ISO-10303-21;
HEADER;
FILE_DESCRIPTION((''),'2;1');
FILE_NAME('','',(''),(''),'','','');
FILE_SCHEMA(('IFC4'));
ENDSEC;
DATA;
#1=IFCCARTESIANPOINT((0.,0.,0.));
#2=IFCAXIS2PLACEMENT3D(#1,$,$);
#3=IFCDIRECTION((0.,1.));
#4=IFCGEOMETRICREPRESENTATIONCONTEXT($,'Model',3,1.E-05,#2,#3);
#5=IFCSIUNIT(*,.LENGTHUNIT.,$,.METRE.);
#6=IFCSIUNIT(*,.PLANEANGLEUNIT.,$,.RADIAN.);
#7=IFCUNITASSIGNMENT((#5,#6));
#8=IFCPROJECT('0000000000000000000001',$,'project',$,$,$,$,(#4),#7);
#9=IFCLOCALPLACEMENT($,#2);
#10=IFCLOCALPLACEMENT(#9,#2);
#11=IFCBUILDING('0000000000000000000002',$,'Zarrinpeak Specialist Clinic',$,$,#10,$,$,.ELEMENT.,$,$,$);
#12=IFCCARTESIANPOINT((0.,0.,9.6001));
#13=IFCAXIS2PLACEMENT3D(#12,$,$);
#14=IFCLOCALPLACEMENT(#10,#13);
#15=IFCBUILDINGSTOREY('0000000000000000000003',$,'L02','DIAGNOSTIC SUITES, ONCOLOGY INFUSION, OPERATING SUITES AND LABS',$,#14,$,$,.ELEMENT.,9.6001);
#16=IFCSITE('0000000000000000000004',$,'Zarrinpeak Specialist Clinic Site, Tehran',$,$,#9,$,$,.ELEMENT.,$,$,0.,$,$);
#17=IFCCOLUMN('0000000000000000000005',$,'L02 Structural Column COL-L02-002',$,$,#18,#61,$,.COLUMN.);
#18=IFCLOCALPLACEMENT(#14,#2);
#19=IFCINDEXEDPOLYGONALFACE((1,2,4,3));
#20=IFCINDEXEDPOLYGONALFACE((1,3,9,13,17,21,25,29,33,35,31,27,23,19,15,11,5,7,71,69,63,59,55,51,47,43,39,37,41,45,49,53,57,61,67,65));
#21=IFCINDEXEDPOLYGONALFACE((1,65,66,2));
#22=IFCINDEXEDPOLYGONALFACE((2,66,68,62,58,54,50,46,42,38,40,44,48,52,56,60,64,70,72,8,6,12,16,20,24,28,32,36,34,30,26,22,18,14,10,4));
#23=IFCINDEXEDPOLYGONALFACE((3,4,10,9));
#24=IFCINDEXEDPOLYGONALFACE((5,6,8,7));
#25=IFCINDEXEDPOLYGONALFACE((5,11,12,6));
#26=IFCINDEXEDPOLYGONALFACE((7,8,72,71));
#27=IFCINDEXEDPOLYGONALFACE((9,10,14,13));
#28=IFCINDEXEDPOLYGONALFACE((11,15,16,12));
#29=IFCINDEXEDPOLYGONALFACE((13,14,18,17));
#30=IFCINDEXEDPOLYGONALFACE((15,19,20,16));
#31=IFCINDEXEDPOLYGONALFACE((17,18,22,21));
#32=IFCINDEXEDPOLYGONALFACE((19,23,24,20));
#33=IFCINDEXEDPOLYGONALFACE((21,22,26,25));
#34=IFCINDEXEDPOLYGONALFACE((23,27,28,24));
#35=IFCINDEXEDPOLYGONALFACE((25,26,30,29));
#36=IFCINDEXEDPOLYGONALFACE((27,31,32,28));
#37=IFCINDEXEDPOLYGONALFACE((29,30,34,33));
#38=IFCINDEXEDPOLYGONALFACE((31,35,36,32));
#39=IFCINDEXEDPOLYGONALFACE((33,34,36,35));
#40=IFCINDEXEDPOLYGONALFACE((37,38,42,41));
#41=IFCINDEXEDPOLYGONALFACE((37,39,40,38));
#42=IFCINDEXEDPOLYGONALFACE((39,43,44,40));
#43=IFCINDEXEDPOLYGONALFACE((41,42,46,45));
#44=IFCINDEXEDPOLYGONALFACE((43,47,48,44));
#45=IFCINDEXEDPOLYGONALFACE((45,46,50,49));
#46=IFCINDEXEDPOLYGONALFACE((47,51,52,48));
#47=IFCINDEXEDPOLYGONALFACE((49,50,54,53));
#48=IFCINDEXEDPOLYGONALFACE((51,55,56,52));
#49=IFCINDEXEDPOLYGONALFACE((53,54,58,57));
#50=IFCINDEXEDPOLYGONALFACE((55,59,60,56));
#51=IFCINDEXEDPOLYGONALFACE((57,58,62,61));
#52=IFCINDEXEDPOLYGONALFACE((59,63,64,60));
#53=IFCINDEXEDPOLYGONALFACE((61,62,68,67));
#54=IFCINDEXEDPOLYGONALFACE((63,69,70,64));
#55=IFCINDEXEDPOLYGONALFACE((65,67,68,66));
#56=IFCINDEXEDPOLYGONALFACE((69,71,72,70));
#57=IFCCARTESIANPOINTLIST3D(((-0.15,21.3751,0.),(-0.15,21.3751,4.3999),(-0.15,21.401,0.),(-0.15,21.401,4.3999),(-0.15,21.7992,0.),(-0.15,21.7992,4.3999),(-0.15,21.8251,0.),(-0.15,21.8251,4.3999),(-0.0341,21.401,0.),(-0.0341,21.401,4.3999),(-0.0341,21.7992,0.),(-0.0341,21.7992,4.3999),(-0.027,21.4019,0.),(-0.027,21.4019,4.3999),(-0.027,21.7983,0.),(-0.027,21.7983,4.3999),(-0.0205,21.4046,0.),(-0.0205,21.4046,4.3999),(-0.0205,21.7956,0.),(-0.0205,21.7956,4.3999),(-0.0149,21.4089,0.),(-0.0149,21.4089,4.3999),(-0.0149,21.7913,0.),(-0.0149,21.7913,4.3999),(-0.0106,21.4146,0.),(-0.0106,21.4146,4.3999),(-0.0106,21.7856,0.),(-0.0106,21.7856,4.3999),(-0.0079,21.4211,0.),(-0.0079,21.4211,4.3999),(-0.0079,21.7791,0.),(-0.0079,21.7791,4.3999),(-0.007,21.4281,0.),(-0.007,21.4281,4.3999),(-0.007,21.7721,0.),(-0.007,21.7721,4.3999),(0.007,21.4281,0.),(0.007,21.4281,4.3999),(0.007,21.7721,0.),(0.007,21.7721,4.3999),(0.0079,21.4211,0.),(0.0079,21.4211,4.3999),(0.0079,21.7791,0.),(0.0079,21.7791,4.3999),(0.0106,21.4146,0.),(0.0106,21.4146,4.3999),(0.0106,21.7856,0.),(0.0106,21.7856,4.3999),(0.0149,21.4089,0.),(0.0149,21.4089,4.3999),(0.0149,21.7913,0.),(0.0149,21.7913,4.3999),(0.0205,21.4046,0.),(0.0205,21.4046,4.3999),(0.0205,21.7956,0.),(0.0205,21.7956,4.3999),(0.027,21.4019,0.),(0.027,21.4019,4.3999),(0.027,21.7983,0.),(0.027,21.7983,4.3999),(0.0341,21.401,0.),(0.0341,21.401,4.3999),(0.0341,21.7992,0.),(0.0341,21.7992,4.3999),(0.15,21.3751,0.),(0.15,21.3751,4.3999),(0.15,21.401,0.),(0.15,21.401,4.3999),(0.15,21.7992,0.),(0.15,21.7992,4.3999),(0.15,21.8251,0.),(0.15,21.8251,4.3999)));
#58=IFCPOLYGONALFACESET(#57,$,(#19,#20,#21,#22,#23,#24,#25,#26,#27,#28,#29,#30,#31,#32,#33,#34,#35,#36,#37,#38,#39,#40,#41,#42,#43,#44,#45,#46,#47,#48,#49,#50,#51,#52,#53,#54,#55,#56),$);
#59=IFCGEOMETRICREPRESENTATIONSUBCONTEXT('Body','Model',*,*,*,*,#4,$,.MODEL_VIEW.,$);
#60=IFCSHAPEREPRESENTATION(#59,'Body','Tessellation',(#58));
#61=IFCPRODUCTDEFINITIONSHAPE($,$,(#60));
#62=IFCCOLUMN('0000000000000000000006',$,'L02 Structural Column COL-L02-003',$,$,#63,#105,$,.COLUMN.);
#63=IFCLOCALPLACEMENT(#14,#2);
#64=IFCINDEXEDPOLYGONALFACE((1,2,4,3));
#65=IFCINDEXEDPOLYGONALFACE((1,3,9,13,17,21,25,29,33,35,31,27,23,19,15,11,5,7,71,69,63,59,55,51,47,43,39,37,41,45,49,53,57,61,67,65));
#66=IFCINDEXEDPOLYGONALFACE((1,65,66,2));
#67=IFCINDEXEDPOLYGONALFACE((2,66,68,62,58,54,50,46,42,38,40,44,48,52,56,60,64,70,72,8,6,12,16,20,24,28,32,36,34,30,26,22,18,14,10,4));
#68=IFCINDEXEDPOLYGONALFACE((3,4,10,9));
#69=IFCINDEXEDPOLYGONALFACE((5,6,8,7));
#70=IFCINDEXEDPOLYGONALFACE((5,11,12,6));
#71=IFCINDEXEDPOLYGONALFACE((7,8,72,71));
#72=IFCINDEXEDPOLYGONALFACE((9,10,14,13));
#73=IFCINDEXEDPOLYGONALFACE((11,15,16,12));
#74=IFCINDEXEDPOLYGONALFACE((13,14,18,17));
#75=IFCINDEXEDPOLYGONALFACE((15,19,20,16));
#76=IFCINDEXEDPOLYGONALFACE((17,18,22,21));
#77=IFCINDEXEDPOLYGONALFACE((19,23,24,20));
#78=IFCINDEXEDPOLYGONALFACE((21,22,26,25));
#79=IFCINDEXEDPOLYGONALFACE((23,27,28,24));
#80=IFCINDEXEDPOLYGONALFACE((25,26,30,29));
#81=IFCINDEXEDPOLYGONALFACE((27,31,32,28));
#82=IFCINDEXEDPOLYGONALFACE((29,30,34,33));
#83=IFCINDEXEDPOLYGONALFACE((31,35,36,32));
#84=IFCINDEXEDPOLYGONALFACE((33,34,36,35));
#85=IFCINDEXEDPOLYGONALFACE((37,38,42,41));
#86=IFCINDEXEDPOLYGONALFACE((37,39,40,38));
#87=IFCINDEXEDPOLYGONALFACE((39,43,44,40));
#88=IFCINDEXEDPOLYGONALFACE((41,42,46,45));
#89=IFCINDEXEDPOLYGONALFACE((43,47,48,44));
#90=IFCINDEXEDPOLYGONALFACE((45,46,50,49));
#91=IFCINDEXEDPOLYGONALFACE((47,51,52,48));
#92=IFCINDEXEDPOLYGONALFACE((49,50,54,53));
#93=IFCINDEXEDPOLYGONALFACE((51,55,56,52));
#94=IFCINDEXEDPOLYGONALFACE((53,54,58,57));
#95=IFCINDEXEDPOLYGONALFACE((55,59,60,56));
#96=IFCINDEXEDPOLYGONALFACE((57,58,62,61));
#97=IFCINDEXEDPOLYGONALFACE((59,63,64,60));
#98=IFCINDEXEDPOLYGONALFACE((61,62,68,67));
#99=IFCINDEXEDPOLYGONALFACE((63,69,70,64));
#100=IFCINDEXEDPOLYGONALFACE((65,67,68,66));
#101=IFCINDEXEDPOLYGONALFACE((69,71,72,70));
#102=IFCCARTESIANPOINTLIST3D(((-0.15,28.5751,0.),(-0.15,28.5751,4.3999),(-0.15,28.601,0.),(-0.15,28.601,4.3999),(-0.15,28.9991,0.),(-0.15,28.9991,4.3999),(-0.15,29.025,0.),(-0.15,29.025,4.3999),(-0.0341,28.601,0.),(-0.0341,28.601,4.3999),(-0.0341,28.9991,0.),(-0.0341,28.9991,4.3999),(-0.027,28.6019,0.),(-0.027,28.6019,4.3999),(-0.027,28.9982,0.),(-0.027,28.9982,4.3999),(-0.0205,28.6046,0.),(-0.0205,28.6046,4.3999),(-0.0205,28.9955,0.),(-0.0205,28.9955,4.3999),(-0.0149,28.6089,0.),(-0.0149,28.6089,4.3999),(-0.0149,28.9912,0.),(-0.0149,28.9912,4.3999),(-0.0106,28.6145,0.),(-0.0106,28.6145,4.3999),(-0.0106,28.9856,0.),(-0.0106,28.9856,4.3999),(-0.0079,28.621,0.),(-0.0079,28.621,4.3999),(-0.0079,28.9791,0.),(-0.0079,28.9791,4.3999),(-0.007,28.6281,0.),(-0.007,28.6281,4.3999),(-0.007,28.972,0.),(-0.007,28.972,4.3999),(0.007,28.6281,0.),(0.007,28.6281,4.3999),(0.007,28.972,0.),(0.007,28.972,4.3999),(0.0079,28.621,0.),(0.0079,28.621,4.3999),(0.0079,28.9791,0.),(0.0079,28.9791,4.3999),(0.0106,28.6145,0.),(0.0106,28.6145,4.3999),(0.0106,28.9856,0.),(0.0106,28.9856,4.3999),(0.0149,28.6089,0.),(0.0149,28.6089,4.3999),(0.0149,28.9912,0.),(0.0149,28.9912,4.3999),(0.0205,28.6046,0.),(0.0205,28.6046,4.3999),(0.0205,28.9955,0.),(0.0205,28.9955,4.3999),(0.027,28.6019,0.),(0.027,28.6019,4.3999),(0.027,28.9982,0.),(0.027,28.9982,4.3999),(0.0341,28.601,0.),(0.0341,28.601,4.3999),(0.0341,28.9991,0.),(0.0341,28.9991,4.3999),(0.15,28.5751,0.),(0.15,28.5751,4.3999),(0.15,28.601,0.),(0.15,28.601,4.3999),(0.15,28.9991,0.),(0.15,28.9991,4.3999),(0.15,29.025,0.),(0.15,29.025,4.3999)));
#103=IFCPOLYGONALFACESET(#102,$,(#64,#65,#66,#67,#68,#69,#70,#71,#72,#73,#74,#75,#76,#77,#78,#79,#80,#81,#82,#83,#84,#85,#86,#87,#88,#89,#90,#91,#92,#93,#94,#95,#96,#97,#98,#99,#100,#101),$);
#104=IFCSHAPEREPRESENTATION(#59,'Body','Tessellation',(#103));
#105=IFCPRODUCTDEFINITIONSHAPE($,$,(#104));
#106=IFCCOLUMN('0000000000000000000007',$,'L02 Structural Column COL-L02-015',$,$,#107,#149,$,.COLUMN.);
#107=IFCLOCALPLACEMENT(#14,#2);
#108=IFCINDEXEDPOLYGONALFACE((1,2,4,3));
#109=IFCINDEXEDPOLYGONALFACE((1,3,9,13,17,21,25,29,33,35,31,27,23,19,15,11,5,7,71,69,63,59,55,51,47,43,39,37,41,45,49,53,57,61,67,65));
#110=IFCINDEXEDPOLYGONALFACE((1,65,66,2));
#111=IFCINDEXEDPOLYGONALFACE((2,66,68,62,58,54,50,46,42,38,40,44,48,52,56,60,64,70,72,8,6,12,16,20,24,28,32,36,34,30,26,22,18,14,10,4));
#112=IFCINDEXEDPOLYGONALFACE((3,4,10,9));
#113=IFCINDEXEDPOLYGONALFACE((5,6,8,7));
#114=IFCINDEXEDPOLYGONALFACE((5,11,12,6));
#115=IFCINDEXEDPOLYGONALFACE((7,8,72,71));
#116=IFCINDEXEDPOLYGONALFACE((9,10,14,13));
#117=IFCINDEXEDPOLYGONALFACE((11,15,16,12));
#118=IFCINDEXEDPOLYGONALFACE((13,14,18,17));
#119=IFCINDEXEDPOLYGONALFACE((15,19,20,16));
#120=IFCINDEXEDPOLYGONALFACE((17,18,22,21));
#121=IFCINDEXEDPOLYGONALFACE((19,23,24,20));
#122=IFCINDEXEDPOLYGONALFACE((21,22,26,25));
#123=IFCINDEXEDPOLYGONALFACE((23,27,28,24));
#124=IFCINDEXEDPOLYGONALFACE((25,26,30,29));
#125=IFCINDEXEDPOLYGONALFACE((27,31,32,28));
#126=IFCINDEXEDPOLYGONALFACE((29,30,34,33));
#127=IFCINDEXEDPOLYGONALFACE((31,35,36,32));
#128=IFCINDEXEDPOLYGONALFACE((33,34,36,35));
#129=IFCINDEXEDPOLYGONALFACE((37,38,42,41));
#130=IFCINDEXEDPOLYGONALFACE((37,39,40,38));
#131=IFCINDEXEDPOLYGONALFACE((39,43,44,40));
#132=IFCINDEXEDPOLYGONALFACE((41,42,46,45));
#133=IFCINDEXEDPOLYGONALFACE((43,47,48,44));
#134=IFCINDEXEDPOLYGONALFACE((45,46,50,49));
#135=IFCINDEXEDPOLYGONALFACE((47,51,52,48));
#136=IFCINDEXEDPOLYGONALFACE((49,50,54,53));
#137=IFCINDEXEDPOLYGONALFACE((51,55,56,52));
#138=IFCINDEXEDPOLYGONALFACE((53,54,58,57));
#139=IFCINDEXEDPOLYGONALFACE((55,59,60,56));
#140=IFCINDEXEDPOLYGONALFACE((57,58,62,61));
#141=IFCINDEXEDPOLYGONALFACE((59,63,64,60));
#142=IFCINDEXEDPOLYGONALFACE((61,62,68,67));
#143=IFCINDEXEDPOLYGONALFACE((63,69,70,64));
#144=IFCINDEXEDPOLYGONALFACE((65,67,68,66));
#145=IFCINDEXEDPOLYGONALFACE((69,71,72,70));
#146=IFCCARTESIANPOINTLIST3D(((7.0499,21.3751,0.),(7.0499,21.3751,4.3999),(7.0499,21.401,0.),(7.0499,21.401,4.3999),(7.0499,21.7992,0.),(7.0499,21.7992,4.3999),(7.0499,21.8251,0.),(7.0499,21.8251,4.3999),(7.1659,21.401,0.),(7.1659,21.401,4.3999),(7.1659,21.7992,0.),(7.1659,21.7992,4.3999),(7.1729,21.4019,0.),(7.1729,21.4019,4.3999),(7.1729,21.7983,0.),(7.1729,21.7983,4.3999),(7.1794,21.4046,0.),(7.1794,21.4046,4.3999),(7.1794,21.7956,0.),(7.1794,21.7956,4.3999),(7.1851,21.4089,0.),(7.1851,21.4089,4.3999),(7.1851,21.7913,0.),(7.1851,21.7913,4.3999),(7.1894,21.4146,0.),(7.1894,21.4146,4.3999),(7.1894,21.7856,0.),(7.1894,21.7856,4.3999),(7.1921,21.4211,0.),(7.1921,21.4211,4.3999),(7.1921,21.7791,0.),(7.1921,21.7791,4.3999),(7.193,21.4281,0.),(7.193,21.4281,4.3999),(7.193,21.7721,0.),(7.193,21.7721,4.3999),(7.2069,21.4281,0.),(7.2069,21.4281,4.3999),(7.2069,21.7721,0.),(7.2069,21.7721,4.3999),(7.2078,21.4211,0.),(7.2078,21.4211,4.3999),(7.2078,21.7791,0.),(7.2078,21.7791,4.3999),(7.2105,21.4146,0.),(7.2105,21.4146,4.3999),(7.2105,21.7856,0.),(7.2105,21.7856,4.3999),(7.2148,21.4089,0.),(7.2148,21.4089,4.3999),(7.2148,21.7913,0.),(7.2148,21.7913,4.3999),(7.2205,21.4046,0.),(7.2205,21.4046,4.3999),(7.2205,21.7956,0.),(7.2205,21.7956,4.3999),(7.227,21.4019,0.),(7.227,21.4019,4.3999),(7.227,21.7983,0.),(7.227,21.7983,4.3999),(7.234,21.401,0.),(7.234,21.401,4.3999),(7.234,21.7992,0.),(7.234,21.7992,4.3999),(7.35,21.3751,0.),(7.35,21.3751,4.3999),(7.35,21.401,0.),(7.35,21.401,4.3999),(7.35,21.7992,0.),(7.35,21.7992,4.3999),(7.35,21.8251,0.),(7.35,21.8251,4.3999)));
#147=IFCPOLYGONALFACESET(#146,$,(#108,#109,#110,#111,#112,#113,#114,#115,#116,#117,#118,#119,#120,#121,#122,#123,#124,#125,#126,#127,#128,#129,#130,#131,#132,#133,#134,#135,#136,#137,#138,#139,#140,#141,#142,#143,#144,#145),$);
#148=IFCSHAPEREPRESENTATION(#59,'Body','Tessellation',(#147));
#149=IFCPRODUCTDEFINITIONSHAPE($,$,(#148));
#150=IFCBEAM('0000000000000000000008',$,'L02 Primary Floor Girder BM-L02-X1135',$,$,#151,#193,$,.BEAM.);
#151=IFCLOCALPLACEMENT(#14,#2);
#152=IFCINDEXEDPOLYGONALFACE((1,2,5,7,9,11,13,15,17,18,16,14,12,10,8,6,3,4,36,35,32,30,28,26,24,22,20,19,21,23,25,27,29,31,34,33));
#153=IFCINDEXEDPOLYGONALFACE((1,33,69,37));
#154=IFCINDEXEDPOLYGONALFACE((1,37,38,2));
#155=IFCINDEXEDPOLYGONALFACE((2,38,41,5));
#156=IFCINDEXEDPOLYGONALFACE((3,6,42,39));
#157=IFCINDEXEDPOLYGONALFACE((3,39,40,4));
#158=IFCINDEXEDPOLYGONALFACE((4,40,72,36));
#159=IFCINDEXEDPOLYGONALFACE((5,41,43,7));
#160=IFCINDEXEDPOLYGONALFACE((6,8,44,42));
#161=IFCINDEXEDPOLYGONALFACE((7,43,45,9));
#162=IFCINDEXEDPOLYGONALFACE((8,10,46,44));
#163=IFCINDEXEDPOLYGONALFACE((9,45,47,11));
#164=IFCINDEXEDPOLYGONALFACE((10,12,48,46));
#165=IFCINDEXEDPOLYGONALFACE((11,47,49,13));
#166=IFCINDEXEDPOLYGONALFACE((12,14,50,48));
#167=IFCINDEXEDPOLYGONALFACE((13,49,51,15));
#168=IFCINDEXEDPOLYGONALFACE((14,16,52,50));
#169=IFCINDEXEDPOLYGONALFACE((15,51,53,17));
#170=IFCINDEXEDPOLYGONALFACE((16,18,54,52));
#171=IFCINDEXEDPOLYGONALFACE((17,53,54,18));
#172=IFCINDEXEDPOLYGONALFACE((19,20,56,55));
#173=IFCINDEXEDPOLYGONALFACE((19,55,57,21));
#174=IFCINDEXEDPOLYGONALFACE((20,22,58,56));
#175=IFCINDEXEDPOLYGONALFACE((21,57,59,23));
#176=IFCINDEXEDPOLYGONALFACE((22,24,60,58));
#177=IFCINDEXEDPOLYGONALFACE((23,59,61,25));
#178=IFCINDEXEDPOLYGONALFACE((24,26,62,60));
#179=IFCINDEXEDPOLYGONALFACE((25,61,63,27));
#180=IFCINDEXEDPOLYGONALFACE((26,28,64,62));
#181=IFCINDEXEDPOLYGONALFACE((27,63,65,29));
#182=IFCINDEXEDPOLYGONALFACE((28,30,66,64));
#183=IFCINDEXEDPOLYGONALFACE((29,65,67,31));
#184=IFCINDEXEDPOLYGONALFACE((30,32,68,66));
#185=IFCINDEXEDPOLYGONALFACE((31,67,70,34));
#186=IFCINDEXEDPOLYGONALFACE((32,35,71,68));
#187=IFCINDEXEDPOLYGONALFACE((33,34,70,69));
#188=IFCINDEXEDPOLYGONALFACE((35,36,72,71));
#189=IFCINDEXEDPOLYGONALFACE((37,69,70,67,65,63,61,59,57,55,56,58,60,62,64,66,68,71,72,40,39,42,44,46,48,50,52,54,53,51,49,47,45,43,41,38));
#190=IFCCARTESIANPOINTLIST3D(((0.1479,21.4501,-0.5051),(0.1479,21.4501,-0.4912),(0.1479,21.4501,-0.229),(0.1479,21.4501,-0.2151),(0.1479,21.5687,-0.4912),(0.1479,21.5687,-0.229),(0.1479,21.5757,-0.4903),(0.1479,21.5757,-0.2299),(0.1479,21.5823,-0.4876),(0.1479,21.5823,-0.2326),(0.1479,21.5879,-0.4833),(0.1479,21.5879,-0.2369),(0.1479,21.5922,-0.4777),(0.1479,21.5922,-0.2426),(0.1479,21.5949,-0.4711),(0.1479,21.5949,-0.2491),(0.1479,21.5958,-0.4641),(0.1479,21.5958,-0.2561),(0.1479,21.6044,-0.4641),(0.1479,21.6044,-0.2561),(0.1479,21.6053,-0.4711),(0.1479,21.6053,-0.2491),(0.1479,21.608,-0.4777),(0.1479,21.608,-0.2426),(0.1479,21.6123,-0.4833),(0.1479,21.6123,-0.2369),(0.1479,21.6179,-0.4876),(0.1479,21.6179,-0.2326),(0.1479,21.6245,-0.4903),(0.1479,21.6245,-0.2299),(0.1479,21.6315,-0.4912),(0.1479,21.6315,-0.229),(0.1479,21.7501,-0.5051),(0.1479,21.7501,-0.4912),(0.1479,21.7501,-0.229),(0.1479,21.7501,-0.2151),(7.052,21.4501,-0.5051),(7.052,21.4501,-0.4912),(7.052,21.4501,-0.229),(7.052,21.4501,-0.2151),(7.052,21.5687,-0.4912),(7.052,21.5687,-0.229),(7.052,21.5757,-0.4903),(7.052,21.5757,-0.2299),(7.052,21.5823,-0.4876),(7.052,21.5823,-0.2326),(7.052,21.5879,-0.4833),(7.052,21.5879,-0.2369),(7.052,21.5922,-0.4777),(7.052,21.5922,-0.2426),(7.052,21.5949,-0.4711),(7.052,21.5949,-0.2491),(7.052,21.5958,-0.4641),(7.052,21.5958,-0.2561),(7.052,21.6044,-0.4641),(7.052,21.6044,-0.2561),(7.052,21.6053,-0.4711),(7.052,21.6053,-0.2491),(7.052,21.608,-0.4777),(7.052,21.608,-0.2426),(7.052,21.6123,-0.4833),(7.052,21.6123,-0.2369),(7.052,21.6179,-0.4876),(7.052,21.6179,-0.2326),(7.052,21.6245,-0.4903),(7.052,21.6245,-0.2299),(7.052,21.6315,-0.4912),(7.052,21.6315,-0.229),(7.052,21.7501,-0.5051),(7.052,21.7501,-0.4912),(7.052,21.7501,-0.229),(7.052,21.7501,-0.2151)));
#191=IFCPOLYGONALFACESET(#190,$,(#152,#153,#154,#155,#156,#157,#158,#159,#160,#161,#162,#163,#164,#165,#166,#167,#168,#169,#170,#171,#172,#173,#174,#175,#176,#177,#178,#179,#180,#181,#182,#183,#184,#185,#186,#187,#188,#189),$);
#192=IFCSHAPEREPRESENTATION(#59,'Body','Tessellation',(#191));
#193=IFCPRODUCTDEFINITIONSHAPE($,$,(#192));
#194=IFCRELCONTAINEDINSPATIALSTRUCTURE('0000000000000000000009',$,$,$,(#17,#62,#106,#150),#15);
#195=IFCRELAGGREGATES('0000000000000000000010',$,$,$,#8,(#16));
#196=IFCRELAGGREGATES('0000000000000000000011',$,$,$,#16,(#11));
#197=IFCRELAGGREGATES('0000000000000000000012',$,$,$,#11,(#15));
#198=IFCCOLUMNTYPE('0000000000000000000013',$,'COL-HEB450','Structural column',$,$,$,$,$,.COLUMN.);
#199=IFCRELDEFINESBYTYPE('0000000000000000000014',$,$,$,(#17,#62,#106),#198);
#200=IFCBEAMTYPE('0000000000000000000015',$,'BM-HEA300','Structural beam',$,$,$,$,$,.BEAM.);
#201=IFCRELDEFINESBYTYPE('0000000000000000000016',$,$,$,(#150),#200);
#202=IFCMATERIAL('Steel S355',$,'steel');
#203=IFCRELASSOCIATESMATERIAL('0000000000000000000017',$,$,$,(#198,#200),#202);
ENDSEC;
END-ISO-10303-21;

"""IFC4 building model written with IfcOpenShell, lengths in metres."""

from ifc_helpers import new_model, si_unit, direction, frame, origin, origin_2d, place, context, subcontext, project, spatial, i_section, extrude, material, material_profile, profile_set, type_object, element, save


model = new_model("IFC4")

# Units and contexts
model_context = context("Model", 3, precision=1e-05, world=origin(), true_north=direction((0.0, 1.0)))
body_context = subcontext(model_context, "Body", "Model", "MODEL_VIEW")
ifc_project = project(units=[si_unit("LENGTHUNIT", "METRE"), si_unit("PLANEANGLEUNIT", "RADIAN")], contexts=[model_context])

# Site, building, storey
site_placement = place(None, origin())
site = spatial("IfcSite", under=ifc_project, at=site_placement, Name="Zarrinpeak Specialist Clinic Site, Tehran", CompositionType="ELEMENT", RefElevation=0.0)
building_placement = place(site_placement, origin())
building = spatial("IfcBuilding", under=site, at=building_placement, Name="Zarrinpeak Specialist Clinic", CompositionType="ELEMENT")
storey_placement = place(building_placement, frame((0.0, 0.0, 9.6001)))
storey = spatial("IfcBuildingStorey", under=building, at=storey_placement, Name="L02", Description="DIAGNOSTIC SUITES, ONCOLOGY INFUSION, OPERATING SUITES AND LABS", CompositionType="ELEMENT", Elevation=9.6001)

# Columns
ifc_material_1 = material(Name="Steel S355", Category="steel")
ifc_material_profile_1 = material_profile(ifc_material_1, i_section(OverallWidth=0.3, OverallDepth=0.45, WebThickness=0.0139, FlangeThickness=0.0259, FilletRadius=0.0271, at=origin_2d()), Name="HEB 450")
ifc_profile_set_1 = profile_set([ifc_material_profile_1], Name="Steel S355")
column_type = type_object("IfcColumnType", Name="COL-HEB450", Description="Structural column", PredefinedType="COLUMN", material=ifc_profile_set_1)
for number, where, z_axis, x_axis, name in (
    (1, (0.0, 21.6001, 0.0), (0.0, 0.0, 1.0), (1.0, 0.0, 0.0), "L02 Structural Column COL-L02-002"),
    (2, (0.0, 28.8, 0.0), (0.0, 0.0, 1.0), (1.0, 0.0, 0.0), "L02 Structural Column COL-L02-003"),
    (3, (7.2, 21.6001, 0.0), (0.0, 0.0, 1.0), (1.0, 0.0, 0.0), "L02 Structural Column COL-L02-015"),
):
    element("IfcColumn", number, at=place(storey_placement, frame(where, z_axis=z_axis, x_axis=x_axis)), inside=storey, type_object=column_type, Name=name, PredefinedType="COLUMN", context=body_context, shape_type="SweptSolid", body=[
        extrude(i_section(OverallWidth=0.3, OverallDepth=0.45, WebThickness=0.0139, FlangeThickness=0.0259, FilletRadius=0.0271, at=origin_2d()), origin(), (0.0, 0.0, 1.0), 4.3999),
    ])

# Beam
ifc_material_profile_2 = material_profile(ifc_material_1, i_section(OverallWidth=0.3, OverallDepth=0.29, WebThickness=0.0085, FlangeThickness=0.0139, FilletRadius=0.0271, at=origin_2d()), Name="HEA 300")
ifc_profile_set_2 = profile_set([ifc_material_profile_2], Name="Steel S355")
beam_type_1 = type_object("IfcBeamType", Name="BM-HEA300", Description="Structural beam", PredefinedType="BEAM", material=ifc_profile_set_2)
for number, where, z_axis, x_axis, name in (
    (4, (0.1479, 21.6001, -0.3601), (1.0, 0.0, 0.0), (0.0, 1.0, 0.0), "L02 Primary Floor Girder BM-L02-X1135"),
):
    element("IfcBeam", number, at=place(storey_placement, frame(where, z_axis=z_axis, x_axis=x_axis)), inside=storey, type_object=beam_type_1, Name=name, PredefinedType="BEAM", context=body_context, shape_type="SweptSolid", body=[
        extrude(i_section(OverallWidth=0.3, OverallDepth=0.29, WebThickness=0.0085, FlangeThickness=0.0139, FilletRadius=0.0271, at=origin_2d()), origin(), (0.0, 0.0, 1.0), 6.9041),
    ])

save(model, "model.ifc")
